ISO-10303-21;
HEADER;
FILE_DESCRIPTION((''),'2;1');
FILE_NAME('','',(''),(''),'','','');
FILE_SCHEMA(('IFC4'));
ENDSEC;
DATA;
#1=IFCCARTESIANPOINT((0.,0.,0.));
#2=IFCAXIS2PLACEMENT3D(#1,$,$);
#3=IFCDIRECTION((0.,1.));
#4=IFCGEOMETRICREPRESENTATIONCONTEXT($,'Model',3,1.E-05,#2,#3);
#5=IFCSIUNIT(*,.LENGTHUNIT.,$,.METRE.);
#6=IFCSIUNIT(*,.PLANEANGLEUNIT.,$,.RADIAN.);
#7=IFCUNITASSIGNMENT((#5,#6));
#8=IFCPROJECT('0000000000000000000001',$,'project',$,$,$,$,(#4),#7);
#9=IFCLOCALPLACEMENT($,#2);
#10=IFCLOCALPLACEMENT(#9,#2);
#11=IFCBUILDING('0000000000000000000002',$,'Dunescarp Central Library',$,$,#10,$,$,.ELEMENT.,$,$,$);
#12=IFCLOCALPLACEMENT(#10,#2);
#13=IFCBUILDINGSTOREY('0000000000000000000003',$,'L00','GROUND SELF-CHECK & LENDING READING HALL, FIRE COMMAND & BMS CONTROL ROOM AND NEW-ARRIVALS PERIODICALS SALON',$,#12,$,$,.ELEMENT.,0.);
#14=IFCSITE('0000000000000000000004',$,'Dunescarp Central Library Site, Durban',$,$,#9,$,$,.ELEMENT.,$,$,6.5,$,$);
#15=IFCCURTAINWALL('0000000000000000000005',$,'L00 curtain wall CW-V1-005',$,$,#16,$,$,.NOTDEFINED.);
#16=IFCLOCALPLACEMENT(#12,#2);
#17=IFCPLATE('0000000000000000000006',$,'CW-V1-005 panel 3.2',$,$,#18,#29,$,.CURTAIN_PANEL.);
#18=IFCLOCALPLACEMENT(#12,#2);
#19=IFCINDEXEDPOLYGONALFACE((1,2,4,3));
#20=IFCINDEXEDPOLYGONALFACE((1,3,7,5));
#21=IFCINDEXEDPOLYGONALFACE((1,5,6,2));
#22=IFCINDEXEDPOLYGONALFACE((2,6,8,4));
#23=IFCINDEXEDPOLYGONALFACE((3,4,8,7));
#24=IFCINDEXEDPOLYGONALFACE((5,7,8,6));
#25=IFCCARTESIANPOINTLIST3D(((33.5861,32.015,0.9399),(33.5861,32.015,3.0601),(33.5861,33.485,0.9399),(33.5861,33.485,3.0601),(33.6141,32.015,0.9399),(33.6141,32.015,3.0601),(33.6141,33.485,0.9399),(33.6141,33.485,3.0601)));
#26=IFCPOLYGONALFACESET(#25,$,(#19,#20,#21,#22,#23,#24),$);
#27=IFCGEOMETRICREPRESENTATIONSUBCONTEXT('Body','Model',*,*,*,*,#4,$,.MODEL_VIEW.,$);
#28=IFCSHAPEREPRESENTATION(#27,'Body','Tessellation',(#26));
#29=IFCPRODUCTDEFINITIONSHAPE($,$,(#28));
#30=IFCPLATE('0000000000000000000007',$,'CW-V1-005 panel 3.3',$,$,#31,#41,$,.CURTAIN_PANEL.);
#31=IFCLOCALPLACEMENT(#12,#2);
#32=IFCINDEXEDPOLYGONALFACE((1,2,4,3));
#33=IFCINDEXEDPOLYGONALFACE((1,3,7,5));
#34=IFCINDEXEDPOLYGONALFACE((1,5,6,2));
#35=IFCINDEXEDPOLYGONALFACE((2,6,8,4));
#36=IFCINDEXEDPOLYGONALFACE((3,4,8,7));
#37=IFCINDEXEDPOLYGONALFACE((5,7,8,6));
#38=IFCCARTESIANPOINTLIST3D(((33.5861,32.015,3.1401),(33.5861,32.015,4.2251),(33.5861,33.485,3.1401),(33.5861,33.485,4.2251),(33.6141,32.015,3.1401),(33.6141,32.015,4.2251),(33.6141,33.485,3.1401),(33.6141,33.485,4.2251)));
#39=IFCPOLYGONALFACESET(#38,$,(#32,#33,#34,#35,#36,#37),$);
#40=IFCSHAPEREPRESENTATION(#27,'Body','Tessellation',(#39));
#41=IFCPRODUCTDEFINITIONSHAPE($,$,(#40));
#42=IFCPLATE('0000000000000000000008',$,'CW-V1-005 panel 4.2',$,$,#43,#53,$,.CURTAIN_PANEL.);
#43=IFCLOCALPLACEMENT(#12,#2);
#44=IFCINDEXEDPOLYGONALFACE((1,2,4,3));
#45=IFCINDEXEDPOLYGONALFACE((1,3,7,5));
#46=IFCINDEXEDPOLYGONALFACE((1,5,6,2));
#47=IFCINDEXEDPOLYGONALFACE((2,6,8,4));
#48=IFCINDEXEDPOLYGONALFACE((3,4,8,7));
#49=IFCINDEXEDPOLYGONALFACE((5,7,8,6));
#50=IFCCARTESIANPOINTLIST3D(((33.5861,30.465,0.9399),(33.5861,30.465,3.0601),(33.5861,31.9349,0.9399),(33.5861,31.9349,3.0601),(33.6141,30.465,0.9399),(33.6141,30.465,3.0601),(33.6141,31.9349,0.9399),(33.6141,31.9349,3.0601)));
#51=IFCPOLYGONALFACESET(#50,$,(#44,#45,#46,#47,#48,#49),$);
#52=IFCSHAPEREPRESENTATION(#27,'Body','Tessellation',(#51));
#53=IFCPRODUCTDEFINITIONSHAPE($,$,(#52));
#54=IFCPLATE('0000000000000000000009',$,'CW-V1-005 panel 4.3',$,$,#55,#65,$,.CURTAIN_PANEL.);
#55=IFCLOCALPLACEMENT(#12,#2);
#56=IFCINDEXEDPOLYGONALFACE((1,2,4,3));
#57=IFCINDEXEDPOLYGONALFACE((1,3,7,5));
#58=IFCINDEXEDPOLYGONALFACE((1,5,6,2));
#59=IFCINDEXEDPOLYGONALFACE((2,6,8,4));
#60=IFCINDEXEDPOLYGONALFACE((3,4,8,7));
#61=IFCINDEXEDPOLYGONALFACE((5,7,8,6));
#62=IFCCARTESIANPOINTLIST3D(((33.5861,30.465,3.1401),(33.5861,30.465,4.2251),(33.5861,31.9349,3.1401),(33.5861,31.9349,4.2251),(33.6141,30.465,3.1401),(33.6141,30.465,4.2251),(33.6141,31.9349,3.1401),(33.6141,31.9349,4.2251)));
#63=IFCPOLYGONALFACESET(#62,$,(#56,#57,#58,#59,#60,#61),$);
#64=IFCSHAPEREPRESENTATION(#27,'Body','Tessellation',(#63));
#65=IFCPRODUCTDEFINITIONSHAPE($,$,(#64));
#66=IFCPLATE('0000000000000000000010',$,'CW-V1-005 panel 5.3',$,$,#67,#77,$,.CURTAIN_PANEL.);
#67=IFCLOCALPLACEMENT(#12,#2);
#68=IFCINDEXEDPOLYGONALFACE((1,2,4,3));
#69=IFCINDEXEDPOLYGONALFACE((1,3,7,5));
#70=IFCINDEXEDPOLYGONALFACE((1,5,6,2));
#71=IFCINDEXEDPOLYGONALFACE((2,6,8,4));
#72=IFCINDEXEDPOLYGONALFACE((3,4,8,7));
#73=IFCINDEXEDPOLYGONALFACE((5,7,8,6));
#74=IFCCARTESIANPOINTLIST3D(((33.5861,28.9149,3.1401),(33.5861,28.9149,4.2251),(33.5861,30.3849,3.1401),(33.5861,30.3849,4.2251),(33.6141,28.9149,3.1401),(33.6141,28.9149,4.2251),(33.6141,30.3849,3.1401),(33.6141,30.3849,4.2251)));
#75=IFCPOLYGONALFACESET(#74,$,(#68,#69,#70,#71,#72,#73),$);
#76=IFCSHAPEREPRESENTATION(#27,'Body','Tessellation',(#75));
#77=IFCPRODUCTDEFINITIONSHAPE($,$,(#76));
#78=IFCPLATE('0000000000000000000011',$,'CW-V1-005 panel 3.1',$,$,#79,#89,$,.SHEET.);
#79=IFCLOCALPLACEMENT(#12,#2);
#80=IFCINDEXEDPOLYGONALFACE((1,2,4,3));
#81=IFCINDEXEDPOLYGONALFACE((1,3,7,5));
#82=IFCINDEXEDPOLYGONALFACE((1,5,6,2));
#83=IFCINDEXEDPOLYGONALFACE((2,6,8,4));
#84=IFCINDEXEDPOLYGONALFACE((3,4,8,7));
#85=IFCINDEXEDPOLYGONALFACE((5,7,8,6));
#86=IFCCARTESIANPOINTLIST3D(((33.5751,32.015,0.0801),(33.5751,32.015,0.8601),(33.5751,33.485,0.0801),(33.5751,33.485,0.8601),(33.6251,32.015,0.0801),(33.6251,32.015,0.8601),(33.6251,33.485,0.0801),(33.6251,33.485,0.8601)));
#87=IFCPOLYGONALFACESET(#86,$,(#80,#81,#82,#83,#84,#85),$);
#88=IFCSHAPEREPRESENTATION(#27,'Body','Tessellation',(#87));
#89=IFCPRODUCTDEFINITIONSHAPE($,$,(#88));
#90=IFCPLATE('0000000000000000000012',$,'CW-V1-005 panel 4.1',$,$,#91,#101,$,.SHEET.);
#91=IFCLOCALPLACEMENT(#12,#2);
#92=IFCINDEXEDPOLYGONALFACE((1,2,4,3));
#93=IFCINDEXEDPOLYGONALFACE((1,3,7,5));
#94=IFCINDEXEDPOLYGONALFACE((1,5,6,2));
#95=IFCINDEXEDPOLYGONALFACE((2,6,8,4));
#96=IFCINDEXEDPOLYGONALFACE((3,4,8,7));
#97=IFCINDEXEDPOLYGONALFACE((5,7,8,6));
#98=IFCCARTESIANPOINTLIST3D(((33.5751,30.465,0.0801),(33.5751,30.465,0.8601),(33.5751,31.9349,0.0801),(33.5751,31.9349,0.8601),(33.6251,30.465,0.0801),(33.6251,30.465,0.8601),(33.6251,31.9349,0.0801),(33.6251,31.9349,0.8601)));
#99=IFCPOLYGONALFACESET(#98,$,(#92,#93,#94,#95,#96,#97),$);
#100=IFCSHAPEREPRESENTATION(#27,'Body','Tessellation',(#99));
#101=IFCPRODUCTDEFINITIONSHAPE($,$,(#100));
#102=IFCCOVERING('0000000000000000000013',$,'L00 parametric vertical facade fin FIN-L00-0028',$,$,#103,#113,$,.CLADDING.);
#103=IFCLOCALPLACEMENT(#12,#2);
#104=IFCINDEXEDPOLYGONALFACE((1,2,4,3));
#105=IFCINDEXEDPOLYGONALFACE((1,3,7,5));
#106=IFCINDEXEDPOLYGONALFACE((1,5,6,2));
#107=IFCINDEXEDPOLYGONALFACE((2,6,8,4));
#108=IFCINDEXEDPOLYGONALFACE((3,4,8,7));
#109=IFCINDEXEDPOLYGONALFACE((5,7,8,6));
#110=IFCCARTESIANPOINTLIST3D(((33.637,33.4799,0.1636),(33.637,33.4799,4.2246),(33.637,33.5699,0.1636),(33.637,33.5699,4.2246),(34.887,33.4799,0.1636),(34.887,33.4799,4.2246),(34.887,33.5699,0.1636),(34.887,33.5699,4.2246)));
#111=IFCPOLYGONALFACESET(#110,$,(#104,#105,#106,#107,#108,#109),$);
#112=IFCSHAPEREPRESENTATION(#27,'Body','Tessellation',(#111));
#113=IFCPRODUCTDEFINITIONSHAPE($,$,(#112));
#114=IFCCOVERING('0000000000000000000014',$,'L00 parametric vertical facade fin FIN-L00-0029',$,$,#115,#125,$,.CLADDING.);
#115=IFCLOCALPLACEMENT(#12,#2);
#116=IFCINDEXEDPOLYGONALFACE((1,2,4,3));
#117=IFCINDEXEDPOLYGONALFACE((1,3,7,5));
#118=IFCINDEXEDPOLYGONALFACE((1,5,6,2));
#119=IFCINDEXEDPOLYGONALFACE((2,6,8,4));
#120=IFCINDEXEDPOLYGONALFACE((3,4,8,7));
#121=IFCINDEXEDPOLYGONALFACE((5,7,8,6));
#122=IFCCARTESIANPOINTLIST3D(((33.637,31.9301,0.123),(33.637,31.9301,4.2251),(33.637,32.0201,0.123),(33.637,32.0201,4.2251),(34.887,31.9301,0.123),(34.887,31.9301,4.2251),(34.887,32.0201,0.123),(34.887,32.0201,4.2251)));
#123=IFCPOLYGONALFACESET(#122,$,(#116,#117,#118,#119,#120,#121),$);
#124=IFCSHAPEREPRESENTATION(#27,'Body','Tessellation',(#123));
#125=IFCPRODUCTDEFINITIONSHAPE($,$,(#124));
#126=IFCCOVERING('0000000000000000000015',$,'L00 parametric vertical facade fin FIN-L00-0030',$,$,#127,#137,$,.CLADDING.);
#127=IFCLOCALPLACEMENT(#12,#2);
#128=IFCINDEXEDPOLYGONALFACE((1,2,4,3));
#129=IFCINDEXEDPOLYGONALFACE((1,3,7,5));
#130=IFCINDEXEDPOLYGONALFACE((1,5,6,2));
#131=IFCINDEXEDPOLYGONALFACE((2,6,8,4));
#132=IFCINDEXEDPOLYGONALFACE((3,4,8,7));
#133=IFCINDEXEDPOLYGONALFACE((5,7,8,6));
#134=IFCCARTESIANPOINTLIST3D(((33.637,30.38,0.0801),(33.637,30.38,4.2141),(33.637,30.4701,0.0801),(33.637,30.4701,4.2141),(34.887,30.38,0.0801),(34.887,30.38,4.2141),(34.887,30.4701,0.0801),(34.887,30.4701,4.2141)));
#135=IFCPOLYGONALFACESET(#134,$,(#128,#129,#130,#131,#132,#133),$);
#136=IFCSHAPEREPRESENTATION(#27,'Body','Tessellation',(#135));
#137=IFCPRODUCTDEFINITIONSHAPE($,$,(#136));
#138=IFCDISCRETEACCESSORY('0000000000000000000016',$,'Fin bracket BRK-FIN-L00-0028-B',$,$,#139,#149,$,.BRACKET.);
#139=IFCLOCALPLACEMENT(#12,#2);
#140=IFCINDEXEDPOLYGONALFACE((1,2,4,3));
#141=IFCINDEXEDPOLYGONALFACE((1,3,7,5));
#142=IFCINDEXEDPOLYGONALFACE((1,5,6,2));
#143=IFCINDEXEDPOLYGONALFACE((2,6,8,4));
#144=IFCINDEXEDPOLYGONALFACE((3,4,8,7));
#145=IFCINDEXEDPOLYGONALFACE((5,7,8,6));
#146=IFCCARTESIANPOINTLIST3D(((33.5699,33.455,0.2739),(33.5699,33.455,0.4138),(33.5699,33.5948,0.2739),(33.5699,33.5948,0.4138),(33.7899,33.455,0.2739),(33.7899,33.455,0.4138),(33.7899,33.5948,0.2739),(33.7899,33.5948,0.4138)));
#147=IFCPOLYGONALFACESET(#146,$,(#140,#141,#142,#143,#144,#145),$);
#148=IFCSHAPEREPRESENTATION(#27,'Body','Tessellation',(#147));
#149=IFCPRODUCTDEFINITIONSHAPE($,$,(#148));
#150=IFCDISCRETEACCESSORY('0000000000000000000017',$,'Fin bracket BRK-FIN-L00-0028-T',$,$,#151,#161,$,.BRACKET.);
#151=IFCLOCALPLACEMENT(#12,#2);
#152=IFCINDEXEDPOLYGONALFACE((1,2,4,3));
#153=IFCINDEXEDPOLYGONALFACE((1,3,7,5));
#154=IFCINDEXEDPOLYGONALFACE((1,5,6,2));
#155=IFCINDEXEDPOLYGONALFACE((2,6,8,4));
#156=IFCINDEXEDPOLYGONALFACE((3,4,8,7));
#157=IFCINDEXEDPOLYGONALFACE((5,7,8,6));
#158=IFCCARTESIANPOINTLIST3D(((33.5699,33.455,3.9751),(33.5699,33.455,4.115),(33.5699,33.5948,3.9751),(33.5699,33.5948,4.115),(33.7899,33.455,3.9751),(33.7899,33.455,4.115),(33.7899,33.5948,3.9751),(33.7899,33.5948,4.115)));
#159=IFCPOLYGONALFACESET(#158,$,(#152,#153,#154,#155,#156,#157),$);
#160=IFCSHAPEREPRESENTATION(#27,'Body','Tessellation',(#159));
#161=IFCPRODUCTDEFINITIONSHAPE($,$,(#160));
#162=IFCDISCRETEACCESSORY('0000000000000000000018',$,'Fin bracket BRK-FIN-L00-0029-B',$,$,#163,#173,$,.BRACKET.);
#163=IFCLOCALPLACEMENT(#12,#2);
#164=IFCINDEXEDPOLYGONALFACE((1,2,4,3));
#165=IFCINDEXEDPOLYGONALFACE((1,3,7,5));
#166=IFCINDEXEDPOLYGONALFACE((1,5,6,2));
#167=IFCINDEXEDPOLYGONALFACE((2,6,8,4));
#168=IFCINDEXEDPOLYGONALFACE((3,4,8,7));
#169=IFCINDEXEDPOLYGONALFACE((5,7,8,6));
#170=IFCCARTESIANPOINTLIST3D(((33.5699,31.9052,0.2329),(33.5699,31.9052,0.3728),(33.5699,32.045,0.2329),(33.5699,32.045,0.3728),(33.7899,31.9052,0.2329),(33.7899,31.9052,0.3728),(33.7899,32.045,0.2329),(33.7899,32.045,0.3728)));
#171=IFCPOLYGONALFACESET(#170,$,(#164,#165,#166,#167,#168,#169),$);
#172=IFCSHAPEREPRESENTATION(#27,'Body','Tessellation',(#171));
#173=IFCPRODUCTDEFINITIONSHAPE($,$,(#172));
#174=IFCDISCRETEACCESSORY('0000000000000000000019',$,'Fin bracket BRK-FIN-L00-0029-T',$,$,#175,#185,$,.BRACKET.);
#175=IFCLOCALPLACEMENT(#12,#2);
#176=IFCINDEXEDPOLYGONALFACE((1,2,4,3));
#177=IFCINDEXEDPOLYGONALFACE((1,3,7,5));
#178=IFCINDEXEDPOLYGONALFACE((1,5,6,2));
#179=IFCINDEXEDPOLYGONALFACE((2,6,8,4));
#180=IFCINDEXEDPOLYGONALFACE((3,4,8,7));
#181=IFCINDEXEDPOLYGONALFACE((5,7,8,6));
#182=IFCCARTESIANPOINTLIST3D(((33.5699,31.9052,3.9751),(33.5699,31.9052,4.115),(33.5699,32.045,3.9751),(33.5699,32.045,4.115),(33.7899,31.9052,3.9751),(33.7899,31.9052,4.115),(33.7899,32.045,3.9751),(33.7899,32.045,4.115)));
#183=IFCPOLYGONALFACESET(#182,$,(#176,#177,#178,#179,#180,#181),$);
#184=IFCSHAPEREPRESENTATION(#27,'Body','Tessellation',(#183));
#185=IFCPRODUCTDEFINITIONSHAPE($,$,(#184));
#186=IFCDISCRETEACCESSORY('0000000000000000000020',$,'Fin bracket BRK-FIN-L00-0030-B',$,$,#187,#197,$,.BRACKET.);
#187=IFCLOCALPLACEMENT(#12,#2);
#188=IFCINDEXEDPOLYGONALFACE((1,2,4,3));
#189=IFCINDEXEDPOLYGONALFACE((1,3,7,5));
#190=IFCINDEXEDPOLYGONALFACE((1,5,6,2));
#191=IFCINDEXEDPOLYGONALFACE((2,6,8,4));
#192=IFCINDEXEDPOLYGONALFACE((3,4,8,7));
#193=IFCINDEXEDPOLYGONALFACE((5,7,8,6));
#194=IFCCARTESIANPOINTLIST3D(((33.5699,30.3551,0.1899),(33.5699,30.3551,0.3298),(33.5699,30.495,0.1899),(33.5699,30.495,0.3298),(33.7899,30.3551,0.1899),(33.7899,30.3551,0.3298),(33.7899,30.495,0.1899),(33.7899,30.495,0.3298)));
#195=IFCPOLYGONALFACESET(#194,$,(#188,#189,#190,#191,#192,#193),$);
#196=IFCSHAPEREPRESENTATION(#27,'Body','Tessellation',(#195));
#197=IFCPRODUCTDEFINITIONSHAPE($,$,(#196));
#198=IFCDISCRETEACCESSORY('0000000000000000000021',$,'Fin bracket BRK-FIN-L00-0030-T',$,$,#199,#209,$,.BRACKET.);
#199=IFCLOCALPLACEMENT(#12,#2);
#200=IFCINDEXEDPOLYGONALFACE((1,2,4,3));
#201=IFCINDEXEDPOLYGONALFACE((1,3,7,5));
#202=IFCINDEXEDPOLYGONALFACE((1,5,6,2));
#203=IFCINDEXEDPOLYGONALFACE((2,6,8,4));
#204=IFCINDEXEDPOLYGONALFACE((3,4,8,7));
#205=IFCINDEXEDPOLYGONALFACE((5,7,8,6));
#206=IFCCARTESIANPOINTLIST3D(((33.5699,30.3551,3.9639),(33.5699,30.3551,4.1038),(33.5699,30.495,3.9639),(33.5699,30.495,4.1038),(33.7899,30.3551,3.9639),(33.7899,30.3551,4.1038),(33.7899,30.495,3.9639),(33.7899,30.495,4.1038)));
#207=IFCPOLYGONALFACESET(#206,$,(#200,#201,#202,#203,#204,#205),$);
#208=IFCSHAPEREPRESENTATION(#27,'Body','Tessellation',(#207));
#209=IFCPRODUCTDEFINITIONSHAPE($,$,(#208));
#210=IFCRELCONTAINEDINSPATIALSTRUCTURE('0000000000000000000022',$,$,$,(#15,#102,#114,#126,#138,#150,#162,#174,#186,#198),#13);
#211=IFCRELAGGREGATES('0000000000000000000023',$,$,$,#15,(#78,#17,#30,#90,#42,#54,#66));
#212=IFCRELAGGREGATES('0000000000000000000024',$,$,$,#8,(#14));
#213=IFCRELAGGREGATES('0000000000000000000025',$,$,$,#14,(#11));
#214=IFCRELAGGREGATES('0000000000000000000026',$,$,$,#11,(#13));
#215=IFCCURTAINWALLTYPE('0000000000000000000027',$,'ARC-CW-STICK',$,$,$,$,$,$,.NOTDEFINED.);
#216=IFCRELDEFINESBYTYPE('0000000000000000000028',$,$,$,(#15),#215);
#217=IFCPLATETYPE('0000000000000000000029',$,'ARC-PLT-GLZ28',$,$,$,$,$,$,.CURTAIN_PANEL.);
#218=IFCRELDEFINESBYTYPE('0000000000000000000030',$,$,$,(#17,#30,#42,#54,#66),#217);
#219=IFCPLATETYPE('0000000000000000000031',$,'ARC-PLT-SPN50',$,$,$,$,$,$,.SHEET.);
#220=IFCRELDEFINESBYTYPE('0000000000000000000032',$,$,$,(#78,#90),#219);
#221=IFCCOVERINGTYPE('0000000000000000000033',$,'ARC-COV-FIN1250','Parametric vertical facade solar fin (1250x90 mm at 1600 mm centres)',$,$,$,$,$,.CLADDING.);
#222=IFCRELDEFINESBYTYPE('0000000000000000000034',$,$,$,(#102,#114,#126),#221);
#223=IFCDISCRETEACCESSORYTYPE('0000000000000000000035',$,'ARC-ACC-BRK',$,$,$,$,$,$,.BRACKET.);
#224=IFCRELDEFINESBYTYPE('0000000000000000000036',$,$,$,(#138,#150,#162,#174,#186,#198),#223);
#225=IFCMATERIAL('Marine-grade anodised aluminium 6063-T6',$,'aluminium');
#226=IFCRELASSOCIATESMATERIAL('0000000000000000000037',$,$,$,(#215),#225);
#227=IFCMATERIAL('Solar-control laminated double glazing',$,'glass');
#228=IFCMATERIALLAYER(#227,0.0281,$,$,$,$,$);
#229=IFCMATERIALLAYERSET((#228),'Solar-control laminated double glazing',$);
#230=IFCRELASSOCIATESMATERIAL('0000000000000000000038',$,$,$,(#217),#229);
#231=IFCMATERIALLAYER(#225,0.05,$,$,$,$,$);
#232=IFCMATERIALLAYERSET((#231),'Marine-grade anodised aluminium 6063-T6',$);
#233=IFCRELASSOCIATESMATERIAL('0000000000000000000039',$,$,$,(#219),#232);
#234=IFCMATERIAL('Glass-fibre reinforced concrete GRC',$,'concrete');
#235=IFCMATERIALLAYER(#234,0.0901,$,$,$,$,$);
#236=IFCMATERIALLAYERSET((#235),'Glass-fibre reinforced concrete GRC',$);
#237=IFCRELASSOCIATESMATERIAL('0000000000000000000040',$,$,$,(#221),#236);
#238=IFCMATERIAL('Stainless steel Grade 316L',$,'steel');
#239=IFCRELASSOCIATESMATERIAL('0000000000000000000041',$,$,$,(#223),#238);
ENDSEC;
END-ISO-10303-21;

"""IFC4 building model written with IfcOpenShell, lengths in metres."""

from ifc_helpers import new_model, si_unit, direction, frame, origin, origin_2d, place, context, subcontext, project, spatial, rectangle, extrude, material, layer, layer_set, type_object, element, aggregate, save


model = new_model("IFC4")

# Units and contexts
model_context = context("Model", 3, precision=1e-05, world=origin(), true_north=direction((0.0, 1.0)))
body_context = subcontext(model_context, "Body", "Model", "MODEL_VIEW")
ifc_project = project(units=[si_unit("LENGTHUNIT", "METRE"), si_unit("PLANEANGLEUNIT", "RADIAN")], contexts=[model_context])

# Site, building, storey
site_placement = place(None, origin())
site = spatial("IfcSite", under=ifc_project, at=site_placement, Name="Dunescarp Central Library Site, Durban", CompositionType="ELEMENT", RefElevation=6.5)
building_placement = place(site_placement, origin())
building = spatial("IfcBuilding", under=site, at=building_placement, Name="Dunescarp Central Library", CompositionType="ELEMENT")
storey_placement = place(building_placement, origin())
storey = spatial("IfcBuildingStorey", under=building, at=storey_placement, Name="L00", Description="GROUND SELF-CHECK & LENDING READING HALL, FIRE COMMAND & BMS CONTROL ROOM AND NEW-ARRIVALS PERIODICALS SALON", CompositionType="ELEMENT", Elevation=0.0)

# Curtain wall, plates
ifc_material_1 = material(Name="Marine-grade anodised aluminium 6063-T6", Category="aluminium")
curtain_wall_type = type_object("IfcCurtainWallType", Name="ARC-CW-STICK", PredefinedType="NOTDEFINED", material=ifc_material_1)
curtain_wall_placement = place(storey_placement, origin())
curtain_wall = element("IfcCurtainWall", 1, at=curtain_wall_placement, inside=storey, type_object=curtain_wall_type, Name="L00 curtain wall CW-V1-005", PredefinedType="NOTDEFINED")
ifc_material_2 = material(Name="Solar-control laminated double glazing", Category="glass")
ifc_layer_1 = layer(ifc_material_2, 0.0281)
ifc_layer_set_1 = layer_set([ifc_layer_1], Name="Solar-control laminated double glazing")
plate_type_1 = type_object("IfcPlateType", Name="ARC-PLT-GLZ28", PredefinedType="CURTAIN_PANEL", material=ifc_layer_set_1)
plate_1_placement = place(storey_placement, frame((33.6001, 32.75, 0.9399), z_axis=(0.0, 0.0, 1.0), x_axis=(0.0, -1.0, 0.0)))
plate_1 = element("IfcPlate", 2, at=plate_1_placement, type_object=plate_type_1, Name="CW-V1-005 panel 3.2", PredefinedType="CURTAIN_PANEL", context=body_context, shape_type="SweptSolid", body=[
    extrude(rectangle(XDim=1.47, YDim=0.0281, at=origin_2d()), origin(), (0.0, 0.0, 1.0), 2.1201),
])
plate_2_placement = place(storey_placement, frame((33.6001, 32.75, 3.1401), z_axis=(0.0, 0.0, 1.0), x_axis=(0.0, -1.0, 0.0)))
plate_2 = element("IfcPlate", 3, at=plate_2_placement, type_object=plate_type_1, Name="CW-V1-005 panel 3.3", PredefinedType="CURTAIN_PANEL", context=body_context, shape_type="SweptSolid", body=[
    extrude(rectangle(XDim=1.47, YDim=0.0281, at=origin_2d()), origin(), (0.0, 0.0, 1.0), 1.085),
])
plate_3_placement = place(storey_placement, frame((33.6001, 31.2, 0.9399), z_axis=(0.0, 0.0, 1.0), x_axis=(0.0, -1.0, 0.0)))
plate_3 = element("IfcPlate", 4, at=plate_3_placement, type_object=plate_type_1, Name="CW-V1-005 panel 4.2", PredefinedType="CURTAIN_PANEL", context=body_context, shape_type="SweptSolid", body=[
    extrude(rectangle(XDim=1.47, YDim=0.0281, at=origin_2d()), origin(), (0.0, 0.0, 1.0), 2.1201),
])
plate_4_placement = place(storey_placement, frame((33.6001, 31.2, 3.1401), z_axis=(0.0, 0.0, 1.0), x_axis=(0.0, -1.0, 0.0)))
plate_4 = element("IfcPlate", 5, at=plate_4_placement, type_object=plate_type_1, Name="CW-V1-005 panel 4.3", PredefinedType="CURTAIN_PANEL", context=body_context, shape_type="SweptSolid", body=[
    extrude(rectangle(XDim=1.47, YDim=0.0281, at=origin_2d()), origin(), (0.0, 0.0, 1.0), 1.085),
])
plate_5_placement = place(storey_placement, frame((33.6001, 29.6499, 3.1401), z_axis=(0.0, 0.0, 1.0), x_axis=(0.0, -1.0, 0.0)))
plate_5 = element("IfcPlate", 6, at=plate_5_placement, type_object=plate_type_1, Name="CW-V1-005 panel 5.3", PredefinedType="CURTAIN_PANEL", context=body_context, shape_type="SweptSolid", body=[
    extrude(rectangle(XDim=1.47, YDim=0.0281, at=origin_2d()), origin(), (0.0, 0.0, 1.0), 1.085),
])
ifc_layer_2 = layer(ifc_material_1, 0.05)
ifc_layer_set_2 = layer_set([ifc_layer_2], Name="Marine-grade anodised aluminium 6063-T6")
plate_type_2 = type_object("IfcPlateType", Name="ARC-PLT-SPN50", PredefinedType="SHEET", material=ifc_layer_set_2)
plate_6_placement = place(storey_placement, frame((33.6001, 32.75, 0.0801), z_axis=(0.0, 0.0, 1.0), x_axis=(0.0, -1.0, 0.0)))
plate_6 = element("IfcPlate", 7, at=plate_6_placement, type_object=plate_type_2, Name="CW-V1-005 panel 3.1", PredefinedType="SHEET", context=body_context, shape_type="SweptSolid", body=[
    extrude(rectangle(XDim=1.47, YDim=0.05, at=origin_2d()), origin(), (0.0, 0.0, 1.0), 0.78),
])
plate_7_placement = place(storey_placement, frame((33.6001, 31.2, 0.0801), z_axis=(0.0, 0.0, 1.0), x_axis=(0.0, -1.0, 0.0)))
plate_7 = element("IfcPlate", 8, at=plate_7_placement, type_object=plate_type_2, Name="CW-V1-005 panel 4.1", PredefinedType="SHEET", context=body_context, shape_type="SweptSolid", body=[
    extrude(rectangle(XDim=1.47, YDim=0.05, at=origin_2d()), origin(), (0.0, 0.0, 1.0), 0.78),
])
aggregate(curtain_wall, [plate_6, plate_1, plate_2, plate_7, plate_3, plate_4, plate_5])

# Coverings
ifc_material_3 = material(Name="Glass-fibre reinforced concrete GRC", Category="concrete")
ifc_layer_3 = layer(ifc_material_3, 0.0901)
ifc_layer_set_3 = layer_set([ifc_layer_3], Name="Glass-fibre reinforced concrete GRC")
covering_type = type_object("IfcCoveringType", Name="ARC-COV-FIN1250", Description="Parametric vertical facade solar fin (1250x90 mm at 1600 mm centres)", PredefinedType="CLADDING", material=ifc_layer_set_3)
covering_1_placement = place(storey_placement, frame((34.262, 33.5249, 0.1636), z_axis=(0.0, 0.0, 1.0), x_axis=(1.0, 0.0, 0.0)))
element("IfcCovering", 9, at=covering_1_placement, inside=storey, type_object=covering_type, Name="L00 parametric vertical facade fin FIN-L00-0028", PredefinedType="CLADDING", context=body_context, shape_type="SweptSolid", body=[
    extrude(rectangle(XDim=1.25, YDim=0.0901, at=origin_2d()), origin(), (0.0, 0.0, 1.0), 4.061),
])
covering_2_placement = place(storey_placement, frame((34.262, 31.9751, 0.123), z_axis=(0.0, 0.0, 1.0), x_axis=(1.0, 0.0, 0.0)))
element("IfcCovering", 10, at=covering_2_placement, inside=storey, type_object=covering_type, Name="L00 parametric vertical facade fin FIN-L00-0029", PredefinedType="CLADDING", context=body_context, shape_type="SweptSolid", body=[
    extrude(rectangle(XDim=1.25, YDim=0.0901, at=origin_2d()), origin(), (0.0, 0.0, 1.0), 4.1021),
])
covering_3_placement = place(storey_placement, frame((34.262, 30.425, 0.0801), z_axis=(0.0, 0.0, 1.0), x_axis=(1.0, 0.0, 0.0)))
element("IfcCovering", 11, at=covering_3_placement, inside=storey, type_object=covering_type, Name="L00 parametric vertical facade fin FIN-L00-0030", PredefinedType="CLADDING", context=body_context, shape_type="SweptSolid", body=[
    extrude(rectangle(XDim=1.25, YDim=0.0901, at=origin_2d()), origin(), (0.0, 0.0, 1.0), 4.134),
])

# Discrete accessories
ifc_material_4 = material(Name="Stainless steel Grade 316L", Category="steel")
discrete_accessory_type = type_object("IfcDiscreteAccessoryType", Name="ARC-ACC-BRK", PredefinedType="BRACKET", material=ifc_material_4)
for number, where, z_axis, x_axis, name in (
    (12, (33.6799, 33.5249, 0.2739), (0.0, 0.0, 1.0), (1.0, 0.0, 0.0), "Fin bracket BRK-FIN-L00-0028-B"),
    (13, (33.6799, 33.5249, 3.9751), (0.0, 0.0, 1.0), (1.0, 0.0, 0.0), "Fin bracket BRK-FIN-L00-0028-T"),
    (14, (33.6799, 31.9751, 0.2329), (0.0, 0.0, 1.0), (1.0, 0.0, 0.0), "Fin bracket BRK-FIN-L00-0029-B"),
    (15, (33.6799, 31.9751, 3.9751), (0.0, 0.0, 1.0), (1.0, 0.0, 0.0), "Fin bracket BRK-FIN-L00-0029-T"),
    (16, (33.6799, 30.425, 0.1899), (0.0, 0.0, 1.0), (1.0, 0.0, 0.0), "Fin bracket BRK-FIN-L00-0030-B"),
    (17, (33.6799, 30.425, 3.9639), (0.0, 0.0, 1.0), (1.0, 0.0, 0.0), "Fin bracket BRK-FIN-L00-0030-T"),
):
    element("IfcDiscreteAccessory", number, at=place(storey_placement, frame(where, z_axis=z_axis, x_axis=x_axis)), inside=storey, type_object=discrete_accessory_type, Name=name, PredefinedType="BRACKET", context=body_context, shape_type="SweptSolid", body=[
        extrude(rectangle(XDim=0.22, YDim=0.1399, at=origin_2d()), origin(), (0.0, 0.0, 1.0), 0.1399),
    ])

save(model, "model.ifc")
